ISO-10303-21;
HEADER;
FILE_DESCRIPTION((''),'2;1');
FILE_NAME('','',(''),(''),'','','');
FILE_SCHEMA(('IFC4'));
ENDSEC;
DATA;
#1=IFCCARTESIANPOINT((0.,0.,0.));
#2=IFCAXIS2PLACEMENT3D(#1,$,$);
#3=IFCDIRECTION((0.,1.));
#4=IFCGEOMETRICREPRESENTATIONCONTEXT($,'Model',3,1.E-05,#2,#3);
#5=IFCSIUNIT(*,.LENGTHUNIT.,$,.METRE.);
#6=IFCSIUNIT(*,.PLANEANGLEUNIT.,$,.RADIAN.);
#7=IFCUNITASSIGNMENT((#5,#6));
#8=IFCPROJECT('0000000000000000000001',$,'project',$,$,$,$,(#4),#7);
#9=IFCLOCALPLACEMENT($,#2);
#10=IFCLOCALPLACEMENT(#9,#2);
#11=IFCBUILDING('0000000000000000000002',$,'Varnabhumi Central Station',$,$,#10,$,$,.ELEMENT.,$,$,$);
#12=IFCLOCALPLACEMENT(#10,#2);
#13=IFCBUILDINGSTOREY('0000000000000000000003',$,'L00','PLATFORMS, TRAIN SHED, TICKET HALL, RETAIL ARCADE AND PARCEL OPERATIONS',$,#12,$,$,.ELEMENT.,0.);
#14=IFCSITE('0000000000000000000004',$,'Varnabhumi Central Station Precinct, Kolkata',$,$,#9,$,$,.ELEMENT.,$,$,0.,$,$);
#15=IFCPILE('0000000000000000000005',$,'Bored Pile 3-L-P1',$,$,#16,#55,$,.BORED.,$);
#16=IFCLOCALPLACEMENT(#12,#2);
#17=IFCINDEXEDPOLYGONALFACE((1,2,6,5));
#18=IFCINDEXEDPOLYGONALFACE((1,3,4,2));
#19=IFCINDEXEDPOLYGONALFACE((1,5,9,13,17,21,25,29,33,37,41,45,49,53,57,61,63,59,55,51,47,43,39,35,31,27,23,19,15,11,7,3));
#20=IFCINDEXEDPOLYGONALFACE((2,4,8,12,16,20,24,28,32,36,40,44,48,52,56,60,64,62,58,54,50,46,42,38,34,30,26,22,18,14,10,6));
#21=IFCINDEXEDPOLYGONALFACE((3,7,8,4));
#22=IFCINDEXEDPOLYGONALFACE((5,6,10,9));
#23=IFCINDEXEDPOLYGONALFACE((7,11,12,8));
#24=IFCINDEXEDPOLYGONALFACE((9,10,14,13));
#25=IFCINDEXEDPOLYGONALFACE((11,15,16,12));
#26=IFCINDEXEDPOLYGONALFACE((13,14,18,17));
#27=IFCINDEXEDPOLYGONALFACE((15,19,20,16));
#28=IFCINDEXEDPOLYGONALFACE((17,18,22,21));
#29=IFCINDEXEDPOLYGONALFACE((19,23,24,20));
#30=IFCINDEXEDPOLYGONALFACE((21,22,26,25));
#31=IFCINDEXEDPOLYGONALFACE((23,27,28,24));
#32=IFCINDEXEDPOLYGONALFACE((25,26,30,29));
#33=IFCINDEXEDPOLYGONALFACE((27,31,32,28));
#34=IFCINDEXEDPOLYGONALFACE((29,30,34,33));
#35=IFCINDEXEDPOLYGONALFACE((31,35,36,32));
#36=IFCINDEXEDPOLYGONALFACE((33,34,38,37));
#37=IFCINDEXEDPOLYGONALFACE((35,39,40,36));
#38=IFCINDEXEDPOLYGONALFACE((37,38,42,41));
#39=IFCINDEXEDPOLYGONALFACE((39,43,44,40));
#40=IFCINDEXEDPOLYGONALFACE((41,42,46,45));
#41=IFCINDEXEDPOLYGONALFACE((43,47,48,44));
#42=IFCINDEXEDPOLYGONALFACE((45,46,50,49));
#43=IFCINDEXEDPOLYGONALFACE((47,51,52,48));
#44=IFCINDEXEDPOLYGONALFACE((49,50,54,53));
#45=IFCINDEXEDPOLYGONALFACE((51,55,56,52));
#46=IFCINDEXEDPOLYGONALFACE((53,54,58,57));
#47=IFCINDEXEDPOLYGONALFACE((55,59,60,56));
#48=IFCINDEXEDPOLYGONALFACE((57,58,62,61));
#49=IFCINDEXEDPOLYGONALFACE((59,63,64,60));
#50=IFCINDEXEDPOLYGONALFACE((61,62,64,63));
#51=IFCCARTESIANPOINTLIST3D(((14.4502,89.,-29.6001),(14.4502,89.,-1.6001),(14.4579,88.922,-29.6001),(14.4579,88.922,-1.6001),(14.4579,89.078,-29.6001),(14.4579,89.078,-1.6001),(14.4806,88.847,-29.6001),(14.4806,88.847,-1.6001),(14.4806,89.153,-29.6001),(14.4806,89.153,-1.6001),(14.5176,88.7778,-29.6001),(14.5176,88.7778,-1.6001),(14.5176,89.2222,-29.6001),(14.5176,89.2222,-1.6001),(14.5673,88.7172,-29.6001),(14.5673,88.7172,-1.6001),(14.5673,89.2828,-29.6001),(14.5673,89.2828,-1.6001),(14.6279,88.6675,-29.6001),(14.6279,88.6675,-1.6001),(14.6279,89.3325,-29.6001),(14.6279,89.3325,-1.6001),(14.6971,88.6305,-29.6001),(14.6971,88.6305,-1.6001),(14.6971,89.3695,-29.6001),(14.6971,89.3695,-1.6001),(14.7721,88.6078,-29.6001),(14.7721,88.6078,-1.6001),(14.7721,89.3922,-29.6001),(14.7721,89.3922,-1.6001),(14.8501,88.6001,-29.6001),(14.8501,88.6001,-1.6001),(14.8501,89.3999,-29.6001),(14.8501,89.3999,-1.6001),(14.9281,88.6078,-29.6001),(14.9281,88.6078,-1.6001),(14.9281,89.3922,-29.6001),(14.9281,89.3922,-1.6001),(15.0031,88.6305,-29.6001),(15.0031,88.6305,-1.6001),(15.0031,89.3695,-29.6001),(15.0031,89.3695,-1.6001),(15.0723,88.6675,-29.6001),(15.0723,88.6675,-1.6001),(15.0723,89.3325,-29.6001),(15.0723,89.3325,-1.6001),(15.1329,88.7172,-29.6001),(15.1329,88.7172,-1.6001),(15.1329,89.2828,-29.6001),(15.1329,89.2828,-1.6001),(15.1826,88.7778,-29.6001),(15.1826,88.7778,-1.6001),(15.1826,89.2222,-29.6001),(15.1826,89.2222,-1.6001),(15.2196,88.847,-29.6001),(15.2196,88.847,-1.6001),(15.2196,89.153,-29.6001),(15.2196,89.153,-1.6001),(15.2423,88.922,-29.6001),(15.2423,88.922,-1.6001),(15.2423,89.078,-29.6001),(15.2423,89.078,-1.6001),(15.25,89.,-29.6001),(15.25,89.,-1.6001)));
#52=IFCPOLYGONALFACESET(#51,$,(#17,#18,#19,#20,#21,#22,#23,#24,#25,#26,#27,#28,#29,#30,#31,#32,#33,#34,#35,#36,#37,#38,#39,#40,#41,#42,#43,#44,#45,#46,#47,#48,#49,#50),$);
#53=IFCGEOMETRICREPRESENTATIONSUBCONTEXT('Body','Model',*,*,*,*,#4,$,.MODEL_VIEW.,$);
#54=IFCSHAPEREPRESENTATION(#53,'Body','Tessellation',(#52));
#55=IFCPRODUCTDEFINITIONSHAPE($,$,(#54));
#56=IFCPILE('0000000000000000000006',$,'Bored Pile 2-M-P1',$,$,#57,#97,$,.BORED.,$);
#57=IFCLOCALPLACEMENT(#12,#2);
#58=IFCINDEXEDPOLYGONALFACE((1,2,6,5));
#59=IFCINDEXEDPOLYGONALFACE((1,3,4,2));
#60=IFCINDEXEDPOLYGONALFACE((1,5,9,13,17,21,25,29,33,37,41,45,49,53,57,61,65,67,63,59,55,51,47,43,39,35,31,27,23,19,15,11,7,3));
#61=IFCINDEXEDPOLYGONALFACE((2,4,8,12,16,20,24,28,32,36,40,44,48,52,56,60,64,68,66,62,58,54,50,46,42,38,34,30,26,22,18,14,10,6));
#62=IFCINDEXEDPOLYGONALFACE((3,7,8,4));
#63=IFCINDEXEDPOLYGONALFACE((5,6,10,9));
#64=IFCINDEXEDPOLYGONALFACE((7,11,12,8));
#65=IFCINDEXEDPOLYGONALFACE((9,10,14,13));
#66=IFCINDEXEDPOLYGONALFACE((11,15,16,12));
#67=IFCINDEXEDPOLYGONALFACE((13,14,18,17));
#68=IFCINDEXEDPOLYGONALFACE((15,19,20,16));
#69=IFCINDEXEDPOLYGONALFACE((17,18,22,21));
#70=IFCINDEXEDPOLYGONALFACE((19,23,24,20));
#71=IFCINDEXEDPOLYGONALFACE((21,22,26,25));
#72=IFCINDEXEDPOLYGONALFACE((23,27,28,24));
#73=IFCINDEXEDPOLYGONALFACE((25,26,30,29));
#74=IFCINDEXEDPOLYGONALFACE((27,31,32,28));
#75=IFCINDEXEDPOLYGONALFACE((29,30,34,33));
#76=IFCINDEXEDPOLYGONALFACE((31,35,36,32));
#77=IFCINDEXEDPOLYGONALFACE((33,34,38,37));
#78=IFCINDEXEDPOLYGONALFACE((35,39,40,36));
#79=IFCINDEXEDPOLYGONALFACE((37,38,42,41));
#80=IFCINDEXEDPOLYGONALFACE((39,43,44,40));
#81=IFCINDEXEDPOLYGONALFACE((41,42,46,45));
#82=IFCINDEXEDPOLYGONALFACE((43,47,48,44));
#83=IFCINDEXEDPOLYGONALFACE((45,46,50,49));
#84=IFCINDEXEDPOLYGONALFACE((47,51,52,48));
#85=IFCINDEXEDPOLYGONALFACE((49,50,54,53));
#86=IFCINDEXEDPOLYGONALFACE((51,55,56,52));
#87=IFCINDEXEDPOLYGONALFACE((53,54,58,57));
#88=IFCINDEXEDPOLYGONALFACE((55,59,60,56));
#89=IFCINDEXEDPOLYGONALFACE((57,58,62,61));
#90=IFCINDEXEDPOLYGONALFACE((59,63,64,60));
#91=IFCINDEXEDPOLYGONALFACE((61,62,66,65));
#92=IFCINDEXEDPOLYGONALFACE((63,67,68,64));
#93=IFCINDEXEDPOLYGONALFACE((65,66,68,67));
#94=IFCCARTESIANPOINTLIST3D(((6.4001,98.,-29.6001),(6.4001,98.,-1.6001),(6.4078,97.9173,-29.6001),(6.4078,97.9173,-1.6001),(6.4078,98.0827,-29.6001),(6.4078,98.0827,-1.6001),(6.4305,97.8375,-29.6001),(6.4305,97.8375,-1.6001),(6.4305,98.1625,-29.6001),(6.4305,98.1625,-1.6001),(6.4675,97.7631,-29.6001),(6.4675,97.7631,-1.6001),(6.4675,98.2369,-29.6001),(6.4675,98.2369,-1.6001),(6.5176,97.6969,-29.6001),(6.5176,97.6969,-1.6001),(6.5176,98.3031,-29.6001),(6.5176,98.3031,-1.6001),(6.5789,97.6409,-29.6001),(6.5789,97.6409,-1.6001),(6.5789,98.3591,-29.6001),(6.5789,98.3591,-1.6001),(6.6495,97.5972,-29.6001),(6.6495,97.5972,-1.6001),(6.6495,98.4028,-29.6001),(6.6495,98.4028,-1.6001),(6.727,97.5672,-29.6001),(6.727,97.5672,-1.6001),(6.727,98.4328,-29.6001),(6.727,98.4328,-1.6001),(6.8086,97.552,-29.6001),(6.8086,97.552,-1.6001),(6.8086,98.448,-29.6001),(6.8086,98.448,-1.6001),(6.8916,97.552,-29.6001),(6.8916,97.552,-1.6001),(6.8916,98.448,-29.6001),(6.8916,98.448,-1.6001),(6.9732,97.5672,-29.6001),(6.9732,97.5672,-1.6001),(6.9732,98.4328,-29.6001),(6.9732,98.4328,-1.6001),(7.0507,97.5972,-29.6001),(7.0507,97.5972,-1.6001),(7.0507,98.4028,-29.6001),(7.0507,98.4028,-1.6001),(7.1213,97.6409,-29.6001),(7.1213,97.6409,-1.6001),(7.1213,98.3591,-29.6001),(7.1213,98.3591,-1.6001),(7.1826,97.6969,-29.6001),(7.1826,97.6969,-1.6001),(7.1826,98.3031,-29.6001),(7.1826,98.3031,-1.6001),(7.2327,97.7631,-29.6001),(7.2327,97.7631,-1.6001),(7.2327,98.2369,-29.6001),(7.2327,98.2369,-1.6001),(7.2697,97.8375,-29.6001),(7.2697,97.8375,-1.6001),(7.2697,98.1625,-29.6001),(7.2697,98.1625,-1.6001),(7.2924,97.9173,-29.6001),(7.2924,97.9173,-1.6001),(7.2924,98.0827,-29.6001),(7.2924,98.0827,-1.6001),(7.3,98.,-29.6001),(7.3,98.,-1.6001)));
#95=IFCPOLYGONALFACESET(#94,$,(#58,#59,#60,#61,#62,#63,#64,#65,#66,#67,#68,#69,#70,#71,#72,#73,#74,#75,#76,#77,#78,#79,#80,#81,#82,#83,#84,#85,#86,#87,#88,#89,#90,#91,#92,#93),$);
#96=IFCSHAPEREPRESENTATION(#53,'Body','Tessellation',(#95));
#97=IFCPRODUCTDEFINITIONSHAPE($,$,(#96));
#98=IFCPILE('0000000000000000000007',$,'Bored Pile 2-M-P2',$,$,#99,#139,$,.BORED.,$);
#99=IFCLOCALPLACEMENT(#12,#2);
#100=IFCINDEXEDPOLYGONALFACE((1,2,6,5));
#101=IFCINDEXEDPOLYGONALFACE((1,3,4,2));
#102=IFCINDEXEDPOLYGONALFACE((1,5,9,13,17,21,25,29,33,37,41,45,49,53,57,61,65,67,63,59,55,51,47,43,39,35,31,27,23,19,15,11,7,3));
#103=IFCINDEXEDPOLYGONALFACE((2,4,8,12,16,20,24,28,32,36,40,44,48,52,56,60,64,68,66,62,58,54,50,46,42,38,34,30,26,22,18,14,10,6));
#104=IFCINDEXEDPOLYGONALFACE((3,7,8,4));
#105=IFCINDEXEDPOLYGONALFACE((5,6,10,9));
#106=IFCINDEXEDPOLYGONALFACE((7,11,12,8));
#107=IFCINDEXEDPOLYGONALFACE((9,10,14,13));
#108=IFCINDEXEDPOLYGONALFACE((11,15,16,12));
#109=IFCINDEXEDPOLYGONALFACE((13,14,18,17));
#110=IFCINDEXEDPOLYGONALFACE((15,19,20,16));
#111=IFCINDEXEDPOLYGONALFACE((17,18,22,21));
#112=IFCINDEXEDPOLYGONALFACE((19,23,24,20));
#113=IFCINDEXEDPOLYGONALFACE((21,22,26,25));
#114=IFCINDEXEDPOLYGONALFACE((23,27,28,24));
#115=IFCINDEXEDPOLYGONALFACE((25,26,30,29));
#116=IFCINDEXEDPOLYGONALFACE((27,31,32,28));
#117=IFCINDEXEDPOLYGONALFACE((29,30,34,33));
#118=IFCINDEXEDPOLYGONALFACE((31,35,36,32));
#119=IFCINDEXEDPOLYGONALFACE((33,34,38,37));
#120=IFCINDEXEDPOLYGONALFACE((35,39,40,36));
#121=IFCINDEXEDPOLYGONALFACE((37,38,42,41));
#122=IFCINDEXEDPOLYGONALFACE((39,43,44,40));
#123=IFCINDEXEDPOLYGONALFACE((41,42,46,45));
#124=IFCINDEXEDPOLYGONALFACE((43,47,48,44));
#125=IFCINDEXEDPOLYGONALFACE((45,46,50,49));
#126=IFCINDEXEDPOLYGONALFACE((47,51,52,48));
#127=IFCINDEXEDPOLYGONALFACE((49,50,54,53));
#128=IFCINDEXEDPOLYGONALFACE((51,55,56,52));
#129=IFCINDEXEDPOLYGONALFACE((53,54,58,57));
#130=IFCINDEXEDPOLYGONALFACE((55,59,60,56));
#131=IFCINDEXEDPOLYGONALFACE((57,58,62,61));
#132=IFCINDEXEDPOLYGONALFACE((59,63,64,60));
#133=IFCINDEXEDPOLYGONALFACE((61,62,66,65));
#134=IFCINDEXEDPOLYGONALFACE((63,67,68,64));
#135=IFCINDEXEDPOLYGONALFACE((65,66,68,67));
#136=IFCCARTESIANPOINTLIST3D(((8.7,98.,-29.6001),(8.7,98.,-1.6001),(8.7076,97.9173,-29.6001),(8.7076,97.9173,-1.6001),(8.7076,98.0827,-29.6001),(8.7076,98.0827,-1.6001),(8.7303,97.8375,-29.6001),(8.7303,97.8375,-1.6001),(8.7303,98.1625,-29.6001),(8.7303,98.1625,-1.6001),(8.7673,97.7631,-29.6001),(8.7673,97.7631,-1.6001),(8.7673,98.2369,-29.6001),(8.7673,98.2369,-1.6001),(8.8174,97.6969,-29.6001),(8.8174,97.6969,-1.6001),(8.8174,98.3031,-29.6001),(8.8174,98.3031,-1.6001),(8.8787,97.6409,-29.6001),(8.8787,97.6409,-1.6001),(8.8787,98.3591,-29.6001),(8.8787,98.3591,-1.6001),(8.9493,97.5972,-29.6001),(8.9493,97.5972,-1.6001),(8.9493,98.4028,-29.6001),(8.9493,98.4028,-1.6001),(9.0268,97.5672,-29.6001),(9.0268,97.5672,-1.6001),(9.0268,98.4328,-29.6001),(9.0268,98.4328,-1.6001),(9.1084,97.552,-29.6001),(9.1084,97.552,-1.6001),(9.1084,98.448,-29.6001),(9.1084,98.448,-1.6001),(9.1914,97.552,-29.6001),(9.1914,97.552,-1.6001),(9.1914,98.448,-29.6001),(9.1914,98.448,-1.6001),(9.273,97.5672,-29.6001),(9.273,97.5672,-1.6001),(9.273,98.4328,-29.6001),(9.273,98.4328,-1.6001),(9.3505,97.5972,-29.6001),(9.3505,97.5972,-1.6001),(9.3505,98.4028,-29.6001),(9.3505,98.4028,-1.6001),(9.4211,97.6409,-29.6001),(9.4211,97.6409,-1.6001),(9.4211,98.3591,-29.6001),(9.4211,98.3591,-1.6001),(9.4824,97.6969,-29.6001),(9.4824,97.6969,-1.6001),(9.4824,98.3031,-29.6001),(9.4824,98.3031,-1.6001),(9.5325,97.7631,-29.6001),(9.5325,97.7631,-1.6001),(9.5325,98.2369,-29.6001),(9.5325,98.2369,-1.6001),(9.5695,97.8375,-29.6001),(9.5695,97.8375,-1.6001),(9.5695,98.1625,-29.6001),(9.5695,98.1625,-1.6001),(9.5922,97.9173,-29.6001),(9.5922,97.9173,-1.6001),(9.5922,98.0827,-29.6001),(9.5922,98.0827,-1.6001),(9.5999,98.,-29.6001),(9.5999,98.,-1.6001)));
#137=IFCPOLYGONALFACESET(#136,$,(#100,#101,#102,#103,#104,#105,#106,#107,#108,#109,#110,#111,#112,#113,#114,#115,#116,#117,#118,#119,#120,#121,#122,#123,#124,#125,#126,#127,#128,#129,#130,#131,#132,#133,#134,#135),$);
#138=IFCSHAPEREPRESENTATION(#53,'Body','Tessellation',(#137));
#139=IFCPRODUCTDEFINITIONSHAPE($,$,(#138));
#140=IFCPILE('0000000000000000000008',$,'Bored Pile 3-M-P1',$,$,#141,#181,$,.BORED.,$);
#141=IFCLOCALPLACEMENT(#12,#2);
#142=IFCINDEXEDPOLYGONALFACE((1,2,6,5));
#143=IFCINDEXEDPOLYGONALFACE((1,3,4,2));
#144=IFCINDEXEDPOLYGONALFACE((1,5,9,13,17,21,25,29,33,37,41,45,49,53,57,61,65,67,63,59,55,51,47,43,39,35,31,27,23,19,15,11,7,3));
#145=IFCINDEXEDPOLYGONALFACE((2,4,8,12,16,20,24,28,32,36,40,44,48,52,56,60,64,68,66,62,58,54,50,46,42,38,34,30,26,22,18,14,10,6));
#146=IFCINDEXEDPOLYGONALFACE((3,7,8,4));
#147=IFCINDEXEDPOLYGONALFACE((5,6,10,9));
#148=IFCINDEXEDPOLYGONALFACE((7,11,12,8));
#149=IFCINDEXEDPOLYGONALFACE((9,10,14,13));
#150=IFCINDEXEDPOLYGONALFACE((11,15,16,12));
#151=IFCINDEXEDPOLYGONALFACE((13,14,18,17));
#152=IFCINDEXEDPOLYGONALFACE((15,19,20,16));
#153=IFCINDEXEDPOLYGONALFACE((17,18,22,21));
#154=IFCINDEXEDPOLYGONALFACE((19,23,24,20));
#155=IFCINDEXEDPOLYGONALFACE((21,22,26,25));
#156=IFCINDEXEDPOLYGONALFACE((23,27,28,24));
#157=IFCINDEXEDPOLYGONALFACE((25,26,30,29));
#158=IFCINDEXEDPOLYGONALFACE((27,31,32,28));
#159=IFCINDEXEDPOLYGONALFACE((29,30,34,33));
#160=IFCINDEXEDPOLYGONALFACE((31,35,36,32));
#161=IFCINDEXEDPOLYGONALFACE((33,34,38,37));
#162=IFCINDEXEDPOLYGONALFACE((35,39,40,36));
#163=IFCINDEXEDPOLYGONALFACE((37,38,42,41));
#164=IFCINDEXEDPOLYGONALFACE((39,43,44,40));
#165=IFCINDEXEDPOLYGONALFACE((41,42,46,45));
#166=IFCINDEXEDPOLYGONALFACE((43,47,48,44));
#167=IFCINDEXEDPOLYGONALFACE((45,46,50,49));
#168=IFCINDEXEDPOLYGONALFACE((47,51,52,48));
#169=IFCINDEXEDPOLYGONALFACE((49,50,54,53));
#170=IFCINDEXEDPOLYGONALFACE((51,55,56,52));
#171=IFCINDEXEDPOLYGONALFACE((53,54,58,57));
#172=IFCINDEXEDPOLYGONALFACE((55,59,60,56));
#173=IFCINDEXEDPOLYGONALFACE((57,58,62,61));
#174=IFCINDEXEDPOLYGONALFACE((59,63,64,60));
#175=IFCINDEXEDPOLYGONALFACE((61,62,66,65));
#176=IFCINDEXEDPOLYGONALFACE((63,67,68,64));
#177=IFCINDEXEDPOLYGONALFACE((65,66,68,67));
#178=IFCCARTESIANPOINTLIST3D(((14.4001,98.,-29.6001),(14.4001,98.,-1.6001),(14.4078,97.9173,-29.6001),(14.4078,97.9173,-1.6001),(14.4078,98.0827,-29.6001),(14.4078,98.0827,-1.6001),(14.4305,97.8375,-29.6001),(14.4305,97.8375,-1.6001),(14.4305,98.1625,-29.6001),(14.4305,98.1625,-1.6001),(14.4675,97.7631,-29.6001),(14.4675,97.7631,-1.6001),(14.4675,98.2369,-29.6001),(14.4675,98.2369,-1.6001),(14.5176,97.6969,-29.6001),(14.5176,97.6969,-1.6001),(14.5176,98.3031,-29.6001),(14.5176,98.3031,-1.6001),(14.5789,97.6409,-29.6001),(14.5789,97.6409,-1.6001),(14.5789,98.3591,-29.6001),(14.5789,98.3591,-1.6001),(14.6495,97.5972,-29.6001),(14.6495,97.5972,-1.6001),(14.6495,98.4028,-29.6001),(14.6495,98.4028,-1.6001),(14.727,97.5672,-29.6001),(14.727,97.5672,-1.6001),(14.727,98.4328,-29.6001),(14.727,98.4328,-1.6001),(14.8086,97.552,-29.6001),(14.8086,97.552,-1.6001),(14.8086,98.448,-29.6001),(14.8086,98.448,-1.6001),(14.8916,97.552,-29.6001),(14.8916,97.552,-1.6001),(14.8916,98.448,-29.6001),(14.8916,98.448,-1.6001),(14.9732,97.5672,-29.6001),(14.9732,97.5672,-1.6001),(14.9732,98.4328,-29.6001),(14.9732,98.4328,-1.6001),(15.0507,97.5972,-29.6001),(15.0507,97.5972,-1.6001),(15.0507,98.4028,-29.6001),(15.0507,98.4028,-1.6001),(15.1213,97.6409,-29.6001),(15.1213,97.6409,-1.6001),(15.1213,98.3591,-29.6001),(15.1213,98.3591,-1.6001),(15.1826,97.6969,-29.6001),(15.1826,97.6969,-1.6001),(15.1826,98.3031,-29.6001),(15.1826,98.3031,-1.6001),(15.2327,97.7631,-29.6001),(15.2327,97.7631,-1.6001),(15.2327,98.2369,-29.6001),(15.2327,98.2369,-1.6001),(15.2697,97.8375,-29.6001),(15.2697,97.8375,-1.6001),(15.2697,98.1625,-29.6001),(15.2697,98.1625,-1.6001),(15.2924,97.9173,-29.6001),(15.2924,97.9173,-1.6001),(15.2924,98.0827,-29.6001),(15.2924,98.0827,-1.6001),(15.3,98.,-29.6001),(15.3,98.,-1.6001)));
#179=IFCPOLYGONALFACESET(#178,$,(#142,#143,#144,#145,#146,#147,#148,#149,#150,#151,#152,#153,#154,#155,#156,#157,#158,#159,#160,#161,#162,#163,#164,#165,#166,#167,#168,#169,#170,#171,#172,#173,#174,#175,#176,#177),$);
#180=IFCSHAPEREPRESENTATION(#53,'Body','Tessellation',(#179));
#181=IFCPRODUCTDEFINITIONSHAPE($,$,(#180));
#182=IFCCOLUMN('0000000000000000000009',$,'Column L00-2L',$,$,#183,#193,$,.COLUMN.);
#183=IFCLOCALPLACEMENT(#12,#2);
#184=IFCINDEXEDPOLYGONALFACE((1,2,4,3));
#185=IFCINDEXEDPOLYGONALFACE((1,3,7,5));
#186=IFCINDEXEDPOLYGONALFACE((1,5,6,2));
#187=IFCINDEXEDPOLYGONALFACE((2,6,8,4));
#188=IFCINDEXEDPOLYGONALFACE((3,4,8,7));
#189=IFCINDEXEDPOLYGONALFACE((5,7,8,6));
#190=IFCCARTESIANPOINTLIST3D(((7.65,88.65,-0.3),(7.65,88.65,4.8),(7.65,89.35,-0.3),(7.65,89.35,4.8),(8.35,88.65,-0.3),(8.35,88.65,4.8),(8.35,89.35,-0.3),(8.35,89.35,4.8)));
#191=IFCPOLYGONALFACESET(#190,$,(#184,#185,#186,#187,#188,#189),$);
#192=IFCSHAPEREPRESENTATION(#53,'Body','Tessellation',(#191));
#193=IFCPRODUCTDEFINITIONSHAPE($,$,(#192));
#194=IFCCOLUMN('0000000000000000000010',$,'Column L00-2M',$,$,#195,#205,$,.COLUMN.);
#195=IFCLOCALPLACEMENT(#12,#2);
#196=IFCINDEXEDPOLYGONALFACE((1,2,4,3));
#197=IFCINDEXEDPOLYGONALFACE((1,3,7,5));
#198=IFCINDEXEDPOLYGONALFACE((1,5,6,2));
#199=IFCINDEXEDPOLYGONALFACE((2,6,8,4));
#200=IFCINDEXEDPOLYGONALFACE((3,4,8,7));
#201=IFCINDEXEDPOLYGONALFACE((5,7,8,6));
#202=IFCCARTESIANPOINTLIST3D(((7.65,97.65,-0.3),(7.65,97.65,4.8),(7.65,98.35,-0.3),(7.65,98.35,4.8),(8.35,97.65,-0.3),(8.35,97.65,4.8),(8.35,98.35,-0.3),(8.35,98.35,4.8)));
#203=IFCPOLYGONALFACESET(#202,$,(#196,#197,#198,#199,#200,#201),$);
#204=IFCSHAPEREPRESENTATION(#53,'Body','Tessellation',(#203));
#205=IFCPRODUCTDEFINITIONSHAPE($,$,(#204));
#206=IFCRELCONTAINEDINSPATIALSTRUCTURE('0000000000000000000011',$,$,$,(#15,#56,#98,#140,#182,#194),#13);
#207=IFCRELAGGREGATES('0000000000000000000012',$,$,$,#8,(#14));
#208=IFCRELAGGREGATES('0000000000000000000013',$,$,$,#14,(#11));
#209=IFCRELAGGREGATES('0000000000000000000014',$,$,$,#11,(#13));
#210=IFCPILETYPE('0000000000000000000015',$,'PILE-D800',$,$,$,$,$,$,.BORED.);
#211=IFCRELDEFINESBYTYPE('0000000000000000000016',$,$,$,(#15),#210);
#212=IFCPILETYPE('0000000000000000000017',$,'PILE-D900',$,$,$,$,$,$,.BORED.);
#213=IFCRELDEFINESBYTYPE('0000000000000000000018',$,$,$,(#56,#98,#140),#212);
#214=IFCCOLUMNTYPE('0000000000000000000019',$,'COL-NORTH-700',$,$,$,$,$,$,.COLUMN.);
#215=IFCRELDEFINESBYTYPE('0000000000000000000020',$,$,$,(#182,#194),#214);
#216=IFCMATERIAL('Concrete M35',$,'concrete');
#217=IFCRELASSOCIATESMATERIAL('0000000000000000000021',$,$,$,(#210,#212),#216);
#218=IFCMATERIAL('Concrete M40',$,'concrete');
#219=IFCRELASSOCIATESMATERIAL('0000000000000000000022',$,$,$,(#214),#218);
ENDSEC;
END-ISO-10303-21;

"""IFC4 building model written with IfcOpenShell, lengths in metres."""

from ifc_helpers import new_model, si_unit, direction, frame, origin, origin_2d, place, context, subcontext, project, spatial, rectangle, circle, extrude, material, material_profile, profile_set, type_object, element, save


model = new_model("IFC4")

# Units and contexts
model_context = context("Model", 3, precision=1e-05, world=origin(), true_north=direction((0.0, 1.0)))
body_context = subcontext(model_context, "Body", "Model", "MODEL_VIEW")
ifc_project = project(units=[si_unit("LENGTHUNIT", "METRE"), si_unit("PLANEANGLEUNIT", "RADIAN")], contexts=[model_context])

# Site, building, storey
site_placement = place(None, origin())
site = spatial("IfcSite", under=ifc_project, at=site_placement, Name="Varnabhumi Central Station Precinct, Kolkata", CompositionType="ELEMENT", RefElevation=0.0)
building_placement = place(site_placement, origin())
building = spatial("IfcBuilding", under=site, at=building_placement, Name="Varnabhumi Central Station", CompositionType="ELEMENT")
storey_placement = place(building_placement, origin())
storey = spatial("IfcBuildingStorey", under=building, at=storey_placement, Name="L00", Description="PLATFORMS, TRAIN SHED, TICKET HALL, RETAIL ARCADE AND PARCEL OPERATIONS", CompositionType="ELEMENT", Elevation=0.0)

# Shared definitions
ifc_material_1 = material(Name="Concrete M40", Category="concrete")

# Piles
ifc_material_2 = material(Name="Concrete M35", Category="concrete")
ifc_material_profile_1 = material_profile(ifc_material_2, circle(Radius=0.3999, at=origin_2d()), Name="Concrete M35", Category="concrete")
ifc_profile_set_1 = profile_set([ifc_material_profile_1], Name="Concrete M35")
pile_type_1 = type_object("IfcPileType", Name="PILE-D800", PredefinedType="BORED", material=ifc_profile_set_1)
pile_placement = place(storey_placement, frame((14.8501, 89.0, -1.6001), z_axis=(0.0, 0.0, -1.0), x_axis=(1.0, 0.0, 0.0)))
element("IfcPile", 1, at=pile_placement, inside=storey, type_object=pile_type_1, Name="Bored Pile 3-L-P1", PredefinedType="BORED", context=body_context, shape_type="SweptSolid", body=[
    extrude(circle(Radius=0.3999, at=origin_2d()), origin(), (0.0, 0.0, 1.0), 28.0),
])
ifc_material_profile_2 = material_profile(ifc_material_2, circle(Radius=0.45, at=origin_2d()), Name="Concrete M35", Category="concrete")
ifc_profile_set_2 = profile_set([ifc_material_profile_2], Name="Concrete M35")
pile_type_2 = type_object("IfcPileType", Name="PILE-D900", PredefinedType="BORED", material=ifc_profile_set_2)
for number, where, z_axis, x_axis, name in (
    (2, (6.8501, 98.0, -1.6001), (0.0, 0.0, -1.0), (1.0, 0.0, 0.0), "Bored Pile 2-M-P1"),
    (3, (9.1499, 98.0, -1.6001), (0.0, 0.0, -1.0), (1.0, 0.0, 0.0), "Bored Pile 2-M-P2"),
    (4, (14.8501, 98.0, -1.6001), (0.0, 0.0, -1.0), (1.0, 0.0, 0.0), "Bored Pile 3-M-P1"),
):
    element("IfcPile", number, at=place(storey_placement, frame(where, z_axis=z_axis, x_axis=x_axis)), inside=storey, type_object=pile_type_2, Name=name, PredefinedType="BORED", context=body_context, shape_type="SweptSolid", body=[
        extrude(circle(Radius=0.45, at=origin_2d()), origin(), (0.0, 0.0, 1.0), 28.0),
    ])

# Columns
ifc_material_profile_3 = material_profile(ifc_material_1, rectangle(XDim=0.7, YDim=0.7, at=origin_2d()), Name="Concrete M40", Category="concrete")
ifc_profile_set_3 = profile_set([ifc_material_profile_3], Name="Concrete M40")
column_type = type_object("IfcColumnType", Name="COL-NORTH-700", PredefinedType="COLUMN", material=ifc_profile_set_3)
for number, where, z_axis, x_axis, name in (
    (5, (8.0, 89.0, -0.3), (0.0, 0.0, 1.0), (1.0, 0.0, 0.0), "Column L00-2L"),
    (6, (8.0, 98.0, -0.3), (0.0, 0.0, 1.0), (1.0, 0.0, 0.0), "Column L00-2M"),
):
    element("IfcColumn", number, at=place(storey_placement, frame(where, z_axis=z_axis, x_axis=x_axis)), inside=storey, type_object=column_type, Name=name, PredefinedType="COLUMN", context=body_context, shape_type="SweptSolid", body=[
        extrude(rectangle(XDim=0.7, YDim=0.7, at=origin_2d()), origin(), (0.0, 0.0, 1.0), 5.1001),
    ])

save(model, "model.ifc")
